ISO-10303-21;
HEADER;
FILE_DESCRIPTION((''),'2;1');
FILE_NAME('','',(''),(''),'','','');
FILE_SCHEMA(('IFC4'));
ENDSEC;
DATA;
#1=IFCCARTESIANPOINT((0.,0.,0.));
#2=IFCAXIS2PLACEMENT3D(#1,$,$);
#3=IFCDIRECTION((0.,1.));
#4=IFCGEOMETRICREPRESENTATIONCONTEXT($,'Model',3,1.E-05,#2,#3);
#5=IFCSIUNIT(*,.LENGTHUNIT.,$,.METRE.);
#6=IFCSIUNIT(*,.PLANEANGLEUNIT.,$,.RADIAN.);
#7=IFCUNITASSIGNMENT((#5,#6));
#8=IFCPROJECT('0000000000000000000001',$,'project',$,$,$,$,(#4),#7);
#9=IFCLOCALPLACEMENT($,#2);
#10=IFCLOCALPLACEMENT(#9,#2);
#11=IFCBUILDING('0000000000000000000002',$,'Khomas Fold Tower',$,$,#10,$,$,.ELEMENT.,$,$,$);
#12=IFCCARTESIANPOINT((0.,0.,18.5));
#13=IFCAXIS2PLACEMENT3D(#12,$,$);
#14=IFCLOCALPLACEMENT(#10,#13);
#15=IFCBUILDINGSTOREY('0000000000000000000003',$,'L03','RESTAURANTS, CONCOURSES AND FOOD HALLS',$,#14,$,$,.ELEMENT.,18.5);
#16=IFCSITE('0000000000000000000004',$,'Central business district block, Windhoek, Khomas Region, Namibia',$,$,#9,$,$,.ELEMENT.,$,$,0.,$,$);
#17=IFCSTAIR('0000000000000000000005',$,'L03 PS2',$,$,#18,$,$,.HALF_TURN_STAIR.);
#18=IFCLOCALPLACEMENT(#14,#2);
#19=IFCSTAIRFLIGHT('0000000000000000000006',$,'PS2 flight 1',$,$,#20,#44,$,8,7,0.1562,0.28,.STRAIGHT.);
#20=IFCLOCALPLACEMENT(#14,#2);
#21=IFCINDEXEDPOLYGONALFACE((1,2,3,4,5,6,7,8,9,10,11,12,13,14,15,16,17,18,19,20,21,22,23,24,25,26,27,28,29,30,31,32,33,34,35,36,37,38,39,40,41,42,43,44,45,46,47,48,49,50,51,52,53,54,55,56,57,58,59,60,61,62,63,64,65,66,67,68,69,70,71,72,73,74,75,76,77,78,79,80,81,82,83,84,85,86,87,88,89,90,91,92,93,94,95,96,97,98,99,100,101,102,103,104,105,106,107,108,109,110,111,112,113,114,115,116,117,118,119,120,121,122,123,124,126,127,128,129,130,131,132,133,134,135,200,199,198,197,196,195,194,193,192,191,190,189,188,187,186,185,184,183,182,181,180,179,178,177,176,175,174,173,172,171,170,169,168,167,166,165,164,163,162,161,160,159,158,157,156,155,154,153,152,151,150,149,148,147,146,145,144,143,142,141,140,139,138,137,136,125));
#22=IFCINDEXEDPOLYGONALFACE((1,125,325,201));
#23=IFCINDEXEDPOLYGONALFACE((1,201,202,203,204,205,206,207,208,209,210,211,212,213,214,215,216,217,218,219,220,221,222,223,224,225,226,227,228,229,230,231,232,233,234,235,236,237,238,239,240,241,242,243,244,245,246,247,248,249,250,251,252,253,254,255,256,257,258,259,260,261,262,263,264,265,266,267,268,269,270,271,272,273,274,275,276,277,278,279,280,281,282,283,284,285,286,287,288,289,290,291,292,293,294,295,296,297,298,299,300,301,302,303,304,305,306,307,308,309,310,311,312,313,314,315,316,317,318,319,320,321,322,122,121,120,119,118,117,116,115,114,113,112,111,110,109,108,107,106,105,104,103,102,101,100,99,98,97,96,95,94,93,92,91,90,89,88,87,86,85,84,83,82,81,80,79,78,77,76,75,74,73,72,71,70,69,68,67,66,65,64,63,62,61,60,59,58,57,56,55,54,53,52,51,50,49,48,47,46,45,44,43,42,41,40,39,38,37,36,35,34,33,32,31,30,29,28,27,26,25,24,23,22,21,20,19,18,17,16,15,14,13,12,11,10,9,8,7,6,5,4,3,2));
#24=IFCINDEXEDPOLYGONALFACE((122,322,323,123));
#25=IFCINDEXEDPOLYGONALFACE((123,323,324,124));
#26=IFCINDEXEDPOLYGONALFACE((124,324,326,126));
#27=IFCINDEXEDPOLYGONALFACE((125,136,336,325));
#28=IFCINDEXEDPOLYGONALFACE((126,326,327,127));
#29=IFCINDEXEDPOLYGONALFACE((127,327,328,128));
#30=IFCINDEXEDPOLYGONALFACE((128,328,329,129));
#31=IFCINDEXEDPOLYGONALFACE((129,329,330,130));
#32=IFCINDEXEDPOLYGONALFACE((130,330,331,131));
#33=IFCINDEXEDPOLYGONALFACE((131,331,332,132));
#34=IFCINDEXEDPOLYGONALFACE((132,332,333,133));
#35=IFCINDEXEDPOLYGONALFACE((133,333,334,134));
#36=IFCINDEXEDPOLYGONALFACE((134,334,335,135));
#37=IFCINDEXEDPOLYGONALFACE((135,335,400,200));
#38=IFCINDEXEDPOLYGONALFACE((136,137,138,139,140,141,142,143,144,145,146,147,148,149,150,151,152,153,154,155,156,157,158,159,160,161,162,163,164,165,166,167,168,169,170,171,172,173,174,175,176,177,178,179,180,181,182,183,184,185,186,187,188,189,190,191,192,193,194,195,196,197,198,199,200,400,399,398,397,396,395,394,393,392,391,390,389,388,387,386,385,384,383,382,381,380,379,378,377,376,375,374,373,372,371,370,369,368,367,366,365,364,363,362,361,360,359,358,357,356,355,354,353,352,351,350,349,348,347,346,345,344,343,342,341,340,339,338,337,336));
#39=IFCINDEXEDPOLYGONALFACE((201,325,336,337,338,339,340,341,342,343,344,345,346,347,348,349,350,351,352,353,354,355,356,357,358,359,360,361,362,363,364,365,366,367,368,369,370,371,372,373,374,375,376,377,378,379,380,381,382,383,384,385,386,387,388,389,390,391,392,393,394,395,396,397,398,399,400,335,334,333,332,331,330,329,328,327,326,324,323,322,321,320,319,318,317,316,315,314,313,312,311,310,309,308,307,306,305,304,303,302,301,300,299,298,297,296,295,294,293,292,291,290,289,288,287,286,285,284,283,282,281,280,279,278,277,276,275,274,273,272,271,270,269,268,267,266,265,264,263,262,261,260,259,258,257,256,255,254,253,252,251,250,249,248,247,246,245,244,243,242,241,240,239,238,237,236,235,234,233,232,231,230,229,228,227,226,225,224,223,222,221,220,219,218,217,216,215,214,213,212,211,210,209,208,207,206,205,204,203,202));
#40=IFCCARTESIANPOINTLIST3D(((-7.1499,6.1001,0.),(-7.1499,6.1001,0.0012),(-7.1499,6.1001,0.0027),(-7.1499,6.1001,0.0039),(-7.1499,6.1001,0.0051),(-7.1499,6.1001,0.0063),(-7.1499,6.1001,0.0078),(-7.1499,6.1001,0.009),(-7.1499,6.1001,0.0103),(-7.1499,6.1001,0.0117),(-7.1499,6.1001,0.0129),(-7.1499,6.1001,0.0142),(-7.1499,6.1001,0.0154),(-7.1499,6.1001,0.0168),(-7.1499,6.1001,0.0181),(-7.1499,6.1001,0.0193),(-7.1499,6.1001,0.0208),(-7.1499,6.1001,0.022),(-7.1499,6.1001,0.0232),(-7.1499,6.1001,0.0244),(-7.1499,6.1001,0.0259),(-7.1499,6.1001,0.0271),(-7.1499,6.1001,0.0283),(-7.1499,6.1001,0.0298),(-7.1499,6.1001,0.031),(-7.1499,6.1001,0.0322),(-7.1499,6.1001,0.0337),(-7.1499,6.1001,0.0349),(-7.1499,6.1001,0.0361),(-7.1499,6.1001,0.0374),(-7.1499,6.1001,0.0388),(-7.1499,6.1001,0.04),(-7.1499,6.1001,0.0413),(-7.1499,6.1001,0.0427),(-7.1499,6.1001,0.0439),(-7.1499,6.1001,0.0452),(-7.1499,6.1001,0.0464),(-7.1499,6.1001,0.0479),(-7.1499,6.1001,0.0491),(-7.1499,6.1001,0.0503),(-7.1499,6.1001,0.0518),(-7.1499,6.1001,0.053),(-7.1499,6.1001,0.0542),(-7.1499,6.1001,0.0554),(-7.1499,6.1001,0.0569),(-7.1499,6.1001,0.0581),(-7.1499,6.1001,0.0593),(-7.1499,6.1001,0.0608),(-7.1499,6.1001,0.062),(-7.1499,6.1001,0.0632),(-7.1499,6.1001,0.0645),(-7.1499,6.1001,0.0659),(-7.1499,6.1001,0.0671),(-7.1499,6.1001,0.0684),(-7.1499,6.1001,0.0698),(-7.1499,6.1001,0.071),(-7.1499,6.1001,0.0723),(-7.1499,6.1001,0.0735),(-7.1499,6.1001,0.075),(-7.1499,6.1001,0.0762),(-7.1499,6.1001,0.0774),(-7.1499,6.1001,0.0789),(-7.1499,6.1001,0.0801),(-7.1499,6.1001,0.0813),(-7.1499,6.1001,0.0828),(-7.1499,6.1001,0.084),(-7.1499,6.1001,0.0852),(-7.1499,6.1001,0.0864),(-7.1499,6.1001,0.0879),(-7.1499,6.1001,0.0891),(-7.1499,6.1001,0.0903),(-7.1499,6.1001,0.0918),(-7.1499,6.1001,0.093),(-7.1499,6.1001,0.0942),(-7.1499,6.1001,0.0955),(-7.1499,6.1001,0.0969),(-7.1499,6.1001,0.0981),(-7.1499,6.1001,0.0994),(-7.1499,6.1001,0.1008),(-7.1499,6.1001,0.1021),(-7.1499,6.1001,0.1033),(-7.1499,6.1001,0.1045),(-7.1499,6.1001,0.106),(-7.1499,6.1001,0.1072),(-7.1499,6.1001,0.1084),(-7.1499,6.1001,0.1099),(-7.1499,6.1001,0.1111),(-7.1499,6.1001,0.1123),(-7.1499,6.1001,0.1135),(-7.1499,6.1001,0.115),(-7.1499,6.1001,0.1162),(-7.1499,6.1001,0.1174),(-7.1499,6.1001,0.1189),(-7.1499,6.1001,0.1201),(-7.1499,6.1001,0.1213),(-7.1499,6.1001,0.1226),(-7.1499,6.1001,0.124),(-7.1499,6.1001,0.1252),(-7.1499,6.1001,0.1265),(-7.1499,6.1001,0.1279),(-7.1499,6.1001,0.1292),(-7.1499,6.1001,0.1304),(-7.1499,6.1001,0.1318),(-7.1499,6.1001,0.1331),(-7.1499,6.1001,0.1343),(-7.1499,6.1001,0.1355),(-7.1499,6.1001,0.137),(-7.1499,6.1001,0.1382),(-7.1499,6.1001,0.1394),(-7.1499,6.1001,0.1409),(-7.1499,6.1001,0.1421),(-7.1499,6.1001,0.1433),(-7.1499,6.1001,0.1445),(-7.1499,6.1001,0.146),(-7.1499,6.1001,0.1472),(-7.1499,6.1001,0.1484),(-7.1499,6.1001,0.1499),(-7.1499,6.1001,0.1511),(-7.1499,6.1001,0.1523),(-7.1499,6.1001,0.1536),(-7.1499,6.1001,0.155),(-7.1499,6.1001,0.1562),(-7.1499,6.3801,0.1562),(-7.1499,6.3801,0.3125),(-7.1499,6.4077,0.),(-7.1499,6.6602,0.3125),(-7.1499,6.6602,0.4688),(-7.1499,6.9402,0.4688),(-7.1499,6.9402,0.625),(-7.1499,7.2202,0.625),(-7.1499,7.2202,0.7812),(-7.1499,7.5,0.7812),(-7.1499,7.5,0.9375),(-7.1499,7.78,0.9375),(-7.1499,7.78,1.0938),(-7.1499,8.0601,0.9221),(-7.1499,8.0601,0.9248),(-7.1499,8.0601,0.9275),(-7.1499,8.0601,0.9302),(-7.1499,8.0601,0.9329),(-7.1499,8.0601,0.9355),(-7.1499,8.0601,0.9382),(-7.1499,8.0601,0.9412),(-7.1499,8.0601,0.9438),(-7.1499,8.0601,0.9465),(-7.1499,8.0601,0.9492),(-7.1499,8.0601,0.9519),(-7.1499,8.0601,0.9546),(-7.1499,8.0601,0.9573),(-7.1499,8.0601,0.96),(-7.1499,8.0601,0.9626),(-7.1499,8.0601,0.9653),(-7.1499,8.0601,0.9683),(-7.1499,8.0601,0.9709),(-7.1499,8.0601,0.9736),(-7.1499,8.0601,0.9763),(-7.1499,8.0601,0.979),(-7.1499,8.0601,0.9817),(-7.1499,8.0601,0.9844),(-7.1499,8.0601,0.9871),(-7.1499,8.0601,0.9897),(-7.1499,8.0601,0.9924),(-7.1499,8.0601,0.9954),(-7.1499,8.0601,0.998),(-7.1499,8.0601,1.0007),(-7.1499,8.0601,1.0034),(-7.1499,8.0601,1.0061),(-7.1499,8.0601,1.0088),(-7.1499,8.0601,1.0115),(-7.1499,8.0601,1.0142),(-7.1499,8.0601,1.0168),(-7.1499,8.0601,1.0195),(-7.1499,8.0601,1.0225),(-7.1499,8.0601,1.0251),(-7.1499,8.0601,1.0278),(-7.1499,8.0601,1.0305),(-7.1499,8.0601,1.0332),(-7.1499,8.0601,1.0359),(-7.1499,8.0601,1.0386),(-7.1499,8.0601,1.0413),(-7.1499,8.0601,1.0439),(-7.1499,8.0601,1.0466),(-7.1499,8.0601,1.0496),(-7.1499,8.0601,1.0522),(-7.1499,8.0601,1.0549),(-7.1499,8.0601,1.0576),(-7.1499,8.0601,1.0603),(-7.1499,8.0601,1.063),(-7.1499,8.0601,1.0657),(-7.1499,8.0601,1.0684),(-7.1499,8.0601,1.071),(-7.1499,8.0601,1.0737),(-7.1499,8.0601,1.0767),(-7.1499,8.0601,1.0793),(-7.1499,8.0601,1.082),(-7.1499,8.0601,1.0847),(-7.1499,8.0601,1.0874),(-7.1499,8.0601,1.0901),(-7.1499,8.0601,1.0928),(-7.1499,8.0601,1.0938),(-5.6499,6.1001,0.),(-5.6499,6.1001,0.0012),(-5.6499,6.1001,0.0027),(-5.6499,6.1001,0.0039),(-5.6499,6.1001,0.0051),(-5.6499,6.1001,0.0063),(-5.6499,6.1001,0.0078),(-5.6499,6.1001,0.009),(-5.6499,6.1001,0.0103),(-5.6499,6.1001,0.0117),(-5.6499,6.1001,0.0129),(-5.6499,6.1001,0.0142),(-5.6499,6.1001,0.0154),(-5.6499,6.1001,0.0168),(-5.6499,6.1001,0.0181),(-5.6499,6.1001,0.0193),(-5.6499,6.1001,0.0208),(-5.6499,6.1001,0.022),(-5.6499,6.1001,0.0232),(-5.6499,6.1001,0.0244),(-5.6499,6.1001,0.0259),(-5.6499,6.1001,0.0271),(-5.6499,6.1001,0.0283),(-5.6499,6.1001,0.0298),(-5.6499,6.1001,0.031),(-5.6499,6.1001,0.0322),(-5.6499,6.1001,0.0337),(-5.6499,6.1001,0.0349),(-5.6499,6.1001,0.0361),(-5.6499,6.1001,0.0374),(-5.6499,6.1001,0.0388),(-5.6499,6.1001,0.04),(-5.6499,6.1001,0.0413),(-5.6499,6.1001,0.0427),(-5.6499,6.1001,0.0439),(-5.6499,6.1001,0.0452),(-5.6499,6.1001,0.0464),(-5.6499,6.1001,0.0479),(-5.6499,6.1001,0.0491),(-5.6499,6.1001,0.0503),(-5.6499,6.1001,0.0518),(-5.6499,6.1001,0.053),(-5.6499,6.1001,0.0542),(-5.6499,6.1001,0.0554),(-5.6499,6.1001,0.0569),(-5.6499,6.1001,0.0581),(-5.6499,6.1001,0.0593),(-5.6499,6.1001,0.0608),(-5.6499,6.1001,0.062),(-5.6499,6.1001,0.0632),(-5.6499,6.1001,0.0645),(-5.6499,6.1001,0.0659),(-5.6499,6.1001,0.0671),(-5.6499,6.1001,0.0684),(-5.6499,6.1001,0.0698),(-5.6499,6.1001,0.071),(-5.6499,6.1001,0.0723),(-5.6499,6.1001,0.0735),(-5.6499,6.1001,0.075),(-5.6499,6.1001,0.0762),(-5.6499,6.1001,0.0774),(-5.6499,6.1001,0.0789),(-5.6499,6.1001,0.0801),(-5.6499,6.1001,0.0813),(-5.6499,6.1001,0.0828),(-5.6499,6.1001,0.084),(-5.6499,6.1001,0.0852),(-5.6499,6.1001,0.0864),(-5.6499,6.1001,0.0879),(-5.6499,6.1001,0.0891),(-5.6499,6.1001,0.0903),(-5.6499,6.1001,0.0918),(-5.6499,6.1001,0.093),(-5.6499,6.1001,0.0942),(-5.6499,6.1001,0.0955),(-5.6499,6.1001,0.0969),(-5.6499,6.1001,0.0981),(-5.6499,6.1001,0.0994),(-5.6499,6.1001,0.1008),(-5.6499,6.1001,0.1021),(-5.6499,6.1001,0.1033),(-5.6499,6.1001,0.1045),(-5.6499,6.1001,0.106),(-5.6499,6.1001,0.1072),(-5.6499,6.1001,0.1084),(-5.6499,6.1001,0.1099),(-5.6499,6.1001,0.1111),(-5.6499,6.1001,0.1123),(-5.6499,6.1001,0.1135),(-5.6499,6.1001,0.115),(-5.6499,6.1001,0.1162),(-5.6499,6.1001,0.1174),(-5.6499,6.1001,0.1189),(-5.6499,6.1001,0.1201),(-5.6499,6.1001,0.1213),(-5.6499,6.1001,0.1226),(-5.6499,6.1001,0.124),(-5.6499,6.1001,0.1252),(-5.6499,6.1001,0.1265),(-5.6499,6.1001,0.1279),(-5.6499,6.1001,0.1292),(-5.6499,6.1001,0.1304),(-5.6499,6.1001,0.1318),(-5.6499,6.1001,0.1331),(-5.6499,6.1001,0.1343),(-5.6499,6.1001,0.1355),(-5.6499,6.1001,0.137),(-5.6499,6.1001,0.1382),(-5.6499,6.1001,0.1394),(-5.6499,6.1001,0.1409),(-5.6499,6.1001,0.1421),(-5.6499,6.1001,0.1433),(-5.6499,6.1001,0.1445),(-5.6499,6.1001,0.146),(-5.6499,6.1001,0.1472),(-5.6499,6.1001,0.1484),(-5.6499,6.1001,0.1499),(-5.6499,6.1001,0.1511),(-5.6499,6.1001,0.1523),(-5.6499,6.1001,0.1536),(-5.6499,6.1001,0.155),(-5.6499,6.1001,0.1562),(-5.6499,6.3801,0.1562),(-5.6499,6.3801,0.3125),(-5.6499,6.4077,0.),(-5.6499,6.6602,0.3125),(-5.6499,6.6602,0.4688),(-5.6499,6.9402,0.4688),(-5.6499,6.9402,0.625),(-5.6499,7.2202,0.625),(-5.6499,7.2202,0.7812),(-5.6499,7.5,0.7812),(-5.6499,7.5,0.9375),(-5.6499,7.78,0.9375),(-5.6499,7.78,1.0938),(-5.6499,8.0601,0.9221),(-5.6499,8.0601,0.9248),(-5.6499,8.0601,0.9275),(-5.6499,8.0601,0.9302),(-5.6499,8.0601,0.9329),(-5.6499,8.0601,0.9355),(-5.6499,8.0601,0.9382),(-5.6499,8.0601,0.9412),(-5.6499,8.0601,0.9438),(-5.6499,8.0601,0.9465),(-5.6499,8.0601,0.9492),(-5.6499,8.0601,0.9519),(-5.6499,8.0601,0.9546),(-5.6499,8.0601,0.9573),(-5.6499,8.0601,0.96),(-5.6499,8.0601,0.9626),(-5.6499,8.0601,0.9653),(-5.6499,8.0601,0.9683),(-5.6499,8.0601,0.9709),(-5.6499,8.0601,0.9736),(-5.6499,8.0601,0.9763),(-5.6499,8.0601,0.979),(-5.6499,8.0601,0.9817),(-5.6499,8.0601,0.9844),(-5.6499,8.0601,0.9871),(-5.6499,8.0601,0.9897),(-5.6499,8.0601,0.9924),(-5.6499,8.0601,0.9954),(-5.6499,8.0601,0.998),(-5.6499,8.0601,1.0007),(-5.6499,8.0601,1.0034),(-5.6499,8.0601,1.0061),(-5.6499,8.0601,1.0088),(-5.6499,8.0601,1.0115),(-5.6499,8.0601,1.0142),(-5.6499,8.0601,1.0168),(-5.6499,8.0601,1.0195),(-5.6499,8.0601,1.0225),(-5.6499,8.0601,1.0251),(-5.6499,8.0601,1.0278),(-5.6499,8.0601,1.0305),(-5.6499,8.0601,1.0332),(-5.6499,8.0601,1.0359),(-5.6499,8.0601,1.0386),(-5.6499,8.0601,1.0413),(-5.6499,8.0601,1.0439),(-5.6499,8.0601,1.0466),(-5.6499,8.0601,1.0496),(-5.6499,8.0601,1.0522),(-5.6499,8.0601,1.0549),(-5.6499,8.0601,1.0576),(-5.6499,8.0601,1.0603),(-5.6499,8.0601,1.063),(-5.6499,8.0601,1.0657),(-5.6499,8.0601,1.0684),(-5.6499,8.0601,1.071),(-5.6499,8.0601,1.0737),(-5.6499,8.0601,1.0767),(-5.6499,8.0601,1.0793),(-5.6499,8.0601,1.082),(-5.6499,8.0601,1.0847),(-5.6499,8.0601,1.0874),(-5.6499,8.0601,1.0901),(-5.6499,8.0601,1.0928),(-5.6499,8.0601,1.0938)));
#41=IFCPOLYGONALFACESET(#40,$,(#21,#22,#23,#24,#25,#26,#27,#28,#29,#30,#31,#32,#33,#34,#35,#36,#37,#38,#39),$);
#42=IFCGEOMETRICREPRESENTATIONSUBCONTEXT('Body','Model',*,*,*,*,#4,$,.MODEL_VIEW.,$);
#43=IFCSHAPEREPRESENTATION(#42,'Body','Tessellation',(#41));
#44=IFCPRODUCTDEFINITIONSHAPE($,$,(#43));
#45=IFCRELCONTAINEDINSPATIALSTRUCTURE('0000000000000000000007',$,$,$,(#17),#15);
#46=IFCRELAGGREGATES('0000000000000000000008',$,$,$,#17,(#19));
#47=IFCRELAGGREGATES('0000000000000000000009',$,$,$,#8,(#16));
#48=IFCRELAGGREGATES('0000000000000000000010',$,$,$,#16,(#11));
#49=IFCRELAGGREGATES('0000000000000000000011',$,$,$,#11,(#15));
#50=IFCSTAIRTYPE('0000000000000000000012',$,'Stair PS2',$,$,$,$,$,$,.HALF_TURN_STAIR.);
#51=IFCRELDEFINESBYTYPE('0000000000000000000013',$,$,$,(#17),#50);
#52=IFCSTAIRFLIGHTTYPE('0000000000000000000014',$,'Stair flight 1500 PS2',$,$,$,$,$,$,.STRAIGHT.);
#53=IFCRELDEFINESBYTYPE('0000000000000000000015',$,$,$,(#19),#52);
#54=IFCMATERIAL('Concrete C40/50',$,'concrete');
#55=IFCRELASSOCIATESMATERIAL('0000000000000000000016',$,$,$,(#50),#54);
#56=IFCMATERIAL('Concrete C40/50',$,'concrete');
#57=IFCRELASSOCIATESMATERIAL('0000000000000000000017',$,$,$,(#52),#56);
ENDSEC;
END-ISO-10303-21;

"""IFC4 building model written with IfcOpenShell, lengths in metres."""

from ifc_helpers import new_model, si_unit, direction, frame, origin, place, context, subcontext, project, spatial, polyline, outline, extrude, source, transform, mapped, material, type_object, element, aggregate, save


model = new_model("IFC4")

# Units and contexts
model_context = context("Model", 3, precision=1e-05, world=origin(), true_north=direction((0.0, 1.0)))
body_context = subcontext(model_context, "Body", "Model", "MODEL_VIEW")
ifc_project = project(units=[si_unit("LENGTHUNIT", "METRE"), si_unit("PLANEANGLEUNIT", "RADIAN")], contexts=[model_context])

# Site, building, storey
site_placement = place(None, origin())
site = spatial("IfcSite", under=ifc_project, at=site_placement, Name="Central business district block, Windhoek, Khomas Region, Namibia", CompositionType="ELEMENT", RefElevation=0.0)
building_placement = place(site_placement, origin())
building = spatial("IfcBuilding", under=site, at=building_placement, Name="Khomas Fold Tower", CompositionType="ELEMENT")
storey_placement = place(building_placement, frame((0.0, 0.0, 18.5)))
storey = spatial("IfcBuildingStorey", under=building, at=storey_placement, Name="L03", Description="RESTAURANTS, CONCOURSES AND FOOD HALLS", CompositionType="ELEMENT", Elevation=18.5)

# Stair, stair flight
ifc_material_1 = material(Name="Concrete C40/50", Category="concrete")
stair_type = type_object("IfcStairType", Name="Stair PS2", PredefinedType="HALF_TURN_STAIR", material=ifc_material_1)
stair_placement = place(storey_placement, origin())
stair = element("IfcStair", 1, at=stair_placement, inside=storey, type_object=stair_type, Name="L03 PS2", PredefinedType="HALF_TURN_STAIR")
ifc_material_2 = material(Name="Concrete C40/50", Category="concrete")
stair_flight_type = type_object("IfcStairFlightType", Name="Stair flight 1500 PS2", PredefinedType="STRAIGHT", material=ifc_material_2)
shared_shape_1 = source(origin(), body_context, "Body", "SweptSolid", [
    extrude(outline(polyline([(0.0, 0.0), (0.0, 0.0012), (0.0, 0.0027), (0.0, 0.0039), (0.0, 0.0051), (0.0, 0.0063), (0.0, 0.0078), (0.0, 0.009), (0.0, 0.0103), (0.0, 0.0117), (0.0, 0.0129), (0.0, 0.0142), (0.0, 0.0154), (0.0, 0.0168), (0.0, 0.0181), (0.0, 0.0193), (0.0, 0.0208), (0.0, 0.022), (0.0, 0.0232), (0.0, 0.0244), (0.0, 0.0259), (0.0, 0.0271), (0.0, 0.0283), (0.0, 0.0298), (0.0, 0.031), (0.0, 0.0322), (0.0, 0.0337), (0.0, 0.0349), (0.0, 0.0361), (0.0, 0.0374), (0.0, 0.0388), (0.0, 0.04), (0.0, 0.0413), (0.0, 0.0427), (0.0, 0.0439), (0.0, 0.0452), (0.0, 0.0464), (0.0, 0.0479), (0.0, 0.0491), (0.0, 0.0503), (0.0, 0.0518), (0.0, 0.053), (0.0, 0.0542), (0.0, 0.0554), (0.0, 0.0569), (0.0, 0.0581), (0.0, 0.0593), (0.0, 0.0608), (0.0, 0.062), (0.0, 0.0632), (0.0, 0.0645), (0.0, 0.0659), (0.0, 0.0671), (0.0, 0.0684), (0.0, 0.0698), (0.0, 0.071), (0.0, 0.0723), (0.0, 0.0735), (0.0, 0.075), (0.0, 0.0762), (0.0, 0.0774), (0.0, 0.0789), (0.0, 0.0801), (0.0, 0.0813), (0.0, 0.0828), (0.0, 0.084), (0.0, 0.0852), (0.0, 0.0864), (0.0, 0.0879), (0.0, 0.0891), (0.0, 0.0903), (0.0, 0.0918), (0.0, 0.093), (0.0, 0.0942), (0.0, 0.0955), (0.0, 0.0969), (0.0, 0.0981), (0.0, 0.0994), (0.0, 0.1008), (0.0, 0.1021), (0.0, 0.1033), (0.0, 0.1045), (0.0, 0.106), (0.0, 0.1072), (0.0, 0.1084), (0.0, 0.1099), (0.0, 0.1111), (0.0, 0.1123), (0.0, 0.1135), (0.0, 0.115), (0.0, 0.1162), (0.0, 0.1174), (0.0, 0.1189), (0.0, 0.1201), (0.0, 0.1213), (0.0, 0.1226), (0.0, 0.124), (0.0, 0.1252), (0.0, 0.1265), (0.0, 0.1279), (0.0, 0.1292), (0.0, 0.1304), (0.0, 0.1318), (0.0, 0.1331), (0.0, 0.1343), (0.0, 0.1355), (0.0, 0.137), (0.0, 0.1382), (0.0, 0.1394), (0.0, 0.1409), (0.0, 0.1421), (0.0, 0.1433), (0.0, 0.1445), (0.0, 0.146), (0.0, 0.1472), (0.0, 0.1484), (0.0, 0.1499), (0.0, 0.1511), (0.0, 0.1523), (0.0, 0.1536), (0.0, 0.155), (0.0, 0.1562), (0.28, 0.1562), (0.28, 0.3125), (0.5601, 0.3125), (0.5601, 0.4688), (0.8401, 0.4688), (0.8401, 0.625), (1.1201, 0.625), (1.1201, 0.7812), (1.3999, 0.7812), (1.3999, 0.9375), (1.6799, 0.9375), (1.6799, 1.0938), (1.96, 1.0938), (1.96, 1.25), (1.96, 1.2473), (1.96, 1.2446), (1.96, 1.2419), (1.96, 1.2393), (1.96, 1.2363), (1.96, 1.2336), (1.96, 1.231), (1.96, 1.2283), (1.96, 1.2256), (1.96, 1.2229), (1.96, 1.2202), (1.96, 1.2175), (1.96, 1.2148), (1.96, 1.2122), (1.96, 1.2092), (1.96, 1.2065), (1.96, 1.2039), (1.96, 1.2012), (1.96, 1.1985), (1.96, 1.1958), (1.96, 1.1931), (1.96, 1.1904), (1.96, 1.1877), (1.96, 1.1851), (1.96, 1.1821), (1.96, 1.1794), (1.96, 1.1768), (1.96, 1.1741), (1.96, 1.1714), (1.96, 1.1687), (1.96, 1.166), (1.96, 1.1633), (1.96, 1.1606), (1.96, 1.158), (1.96, 1.155), (1.96, 1.1523), (1.96, 1.1497), (1.96, 1.147), (1.96, 1.1443), (1.96, 1.1416), (1.96, 1.1389), (1.96, 1.1362), (1.96, 1.1335), (1.96, 1.1309), (1.96, 1.1279), (1.96, 1.1252), (1.96, 1.1226), (1.96, 1.1199), (1.96, 1.1172), (1.96, 1.1145), (1.96, 1.1118), (1.96, 1.1091), (1.96, 1.1064), (1.96, 1.1038), (1.96, 1.1008), (1.96, 1.0981), (1.96, 1.0955), (1.96, 1.0928), (1.96, 1.0901), (1.96, 1.0874), (1.96, 1.0847), (1.96, 1.082), (1.96, 1.0793), (1.96, 1.0767), (1.96, 1.0737), (1.96, 1.071), (1.96, 1.0684), (1.96, 1.0657), (1.96, 1.063), (1.96, 1.0603), (1.96, 1.0576), (1.96, 1.0549), (1.96, 1.0522), (1.96, 1.0496), (1.96, 1.0466), (1.96, 1.0439), (1.96, 1.0413), (1.96, 1.0386), (1.96, 1.0359), (1.96, 1.0332), (1.96, 1.0305), (1.96, 1.0278), (1.96, 1.0251), (1.96, 1.0225), (1.96, 1.0195), (1.96, 1.0168), (1.96, 1.0142), (1.96, 1.0115), (1.96, 1.0088), (1.96, 1.0061), (1.96, 1.0034), (1.96, 1.0007), (1.96, 0.998), (1.96, 0.9954), (1.96, 0.9924), (1.96, 0.9897), (1.96, 0.9871), (1.96, 0.9844), (1.96, 0.9817), (1.96, 0.979), (1.96, 0.9763), (1.96, 0.9736), (1.96, 0.9709), (1.96, 0.9683), (1.96, 0.9653), (1.96, 0.9626), (1.96, 0.96), (1.96, 0.9573), (1.96, 0.9546), (1.96, 0.9519), (1.96, 0.9492), (1.96, 0.9465), (1.96, 0.9438), (1.96, 0.9412), (1.96, 0.9382), (1.96, 0.9355), (1.96, 0.9329), (1.96, 0.9302), (1.96, 0.9275), (1.96, 0.9248), (1.96, 0.9221), (0.3076, 0.0), (0.0, 0.0)])), frame((0.0, 0.75, 0.0), z_axis=(0.0, -1.0, 0.0), x_axis=(1.0, 0.0, 0.0)), (0.0, 0.0, 1.0), 1.5),
])
stair_flight_1_placement = place(storey_placement, frame((-6.3999, 6.1001, 0.0), z_axis=(0.0, 0.0, 1.0), x_axis=(0.0, 1.0, 0.0)))
stair_flight_1 = element("IfcStairFlight", 2, at=stair_flight_1_placement, type_object=stair_flight_type, Name="PS2 flight 1", NumberOfRisers=8, NumberOfTreads=7, PredefinedType="STRAIGHT", RiserHeight=0.1562, TreadLength=0.28, context=body_context, shape_type="MappedRepresentation", body=[
    mapped(shared_shape_1, transform((0.0, 0.0, 0.0))),
])
aggregate(stair, [stair_flight_1])

save(model, "model.ifc")
